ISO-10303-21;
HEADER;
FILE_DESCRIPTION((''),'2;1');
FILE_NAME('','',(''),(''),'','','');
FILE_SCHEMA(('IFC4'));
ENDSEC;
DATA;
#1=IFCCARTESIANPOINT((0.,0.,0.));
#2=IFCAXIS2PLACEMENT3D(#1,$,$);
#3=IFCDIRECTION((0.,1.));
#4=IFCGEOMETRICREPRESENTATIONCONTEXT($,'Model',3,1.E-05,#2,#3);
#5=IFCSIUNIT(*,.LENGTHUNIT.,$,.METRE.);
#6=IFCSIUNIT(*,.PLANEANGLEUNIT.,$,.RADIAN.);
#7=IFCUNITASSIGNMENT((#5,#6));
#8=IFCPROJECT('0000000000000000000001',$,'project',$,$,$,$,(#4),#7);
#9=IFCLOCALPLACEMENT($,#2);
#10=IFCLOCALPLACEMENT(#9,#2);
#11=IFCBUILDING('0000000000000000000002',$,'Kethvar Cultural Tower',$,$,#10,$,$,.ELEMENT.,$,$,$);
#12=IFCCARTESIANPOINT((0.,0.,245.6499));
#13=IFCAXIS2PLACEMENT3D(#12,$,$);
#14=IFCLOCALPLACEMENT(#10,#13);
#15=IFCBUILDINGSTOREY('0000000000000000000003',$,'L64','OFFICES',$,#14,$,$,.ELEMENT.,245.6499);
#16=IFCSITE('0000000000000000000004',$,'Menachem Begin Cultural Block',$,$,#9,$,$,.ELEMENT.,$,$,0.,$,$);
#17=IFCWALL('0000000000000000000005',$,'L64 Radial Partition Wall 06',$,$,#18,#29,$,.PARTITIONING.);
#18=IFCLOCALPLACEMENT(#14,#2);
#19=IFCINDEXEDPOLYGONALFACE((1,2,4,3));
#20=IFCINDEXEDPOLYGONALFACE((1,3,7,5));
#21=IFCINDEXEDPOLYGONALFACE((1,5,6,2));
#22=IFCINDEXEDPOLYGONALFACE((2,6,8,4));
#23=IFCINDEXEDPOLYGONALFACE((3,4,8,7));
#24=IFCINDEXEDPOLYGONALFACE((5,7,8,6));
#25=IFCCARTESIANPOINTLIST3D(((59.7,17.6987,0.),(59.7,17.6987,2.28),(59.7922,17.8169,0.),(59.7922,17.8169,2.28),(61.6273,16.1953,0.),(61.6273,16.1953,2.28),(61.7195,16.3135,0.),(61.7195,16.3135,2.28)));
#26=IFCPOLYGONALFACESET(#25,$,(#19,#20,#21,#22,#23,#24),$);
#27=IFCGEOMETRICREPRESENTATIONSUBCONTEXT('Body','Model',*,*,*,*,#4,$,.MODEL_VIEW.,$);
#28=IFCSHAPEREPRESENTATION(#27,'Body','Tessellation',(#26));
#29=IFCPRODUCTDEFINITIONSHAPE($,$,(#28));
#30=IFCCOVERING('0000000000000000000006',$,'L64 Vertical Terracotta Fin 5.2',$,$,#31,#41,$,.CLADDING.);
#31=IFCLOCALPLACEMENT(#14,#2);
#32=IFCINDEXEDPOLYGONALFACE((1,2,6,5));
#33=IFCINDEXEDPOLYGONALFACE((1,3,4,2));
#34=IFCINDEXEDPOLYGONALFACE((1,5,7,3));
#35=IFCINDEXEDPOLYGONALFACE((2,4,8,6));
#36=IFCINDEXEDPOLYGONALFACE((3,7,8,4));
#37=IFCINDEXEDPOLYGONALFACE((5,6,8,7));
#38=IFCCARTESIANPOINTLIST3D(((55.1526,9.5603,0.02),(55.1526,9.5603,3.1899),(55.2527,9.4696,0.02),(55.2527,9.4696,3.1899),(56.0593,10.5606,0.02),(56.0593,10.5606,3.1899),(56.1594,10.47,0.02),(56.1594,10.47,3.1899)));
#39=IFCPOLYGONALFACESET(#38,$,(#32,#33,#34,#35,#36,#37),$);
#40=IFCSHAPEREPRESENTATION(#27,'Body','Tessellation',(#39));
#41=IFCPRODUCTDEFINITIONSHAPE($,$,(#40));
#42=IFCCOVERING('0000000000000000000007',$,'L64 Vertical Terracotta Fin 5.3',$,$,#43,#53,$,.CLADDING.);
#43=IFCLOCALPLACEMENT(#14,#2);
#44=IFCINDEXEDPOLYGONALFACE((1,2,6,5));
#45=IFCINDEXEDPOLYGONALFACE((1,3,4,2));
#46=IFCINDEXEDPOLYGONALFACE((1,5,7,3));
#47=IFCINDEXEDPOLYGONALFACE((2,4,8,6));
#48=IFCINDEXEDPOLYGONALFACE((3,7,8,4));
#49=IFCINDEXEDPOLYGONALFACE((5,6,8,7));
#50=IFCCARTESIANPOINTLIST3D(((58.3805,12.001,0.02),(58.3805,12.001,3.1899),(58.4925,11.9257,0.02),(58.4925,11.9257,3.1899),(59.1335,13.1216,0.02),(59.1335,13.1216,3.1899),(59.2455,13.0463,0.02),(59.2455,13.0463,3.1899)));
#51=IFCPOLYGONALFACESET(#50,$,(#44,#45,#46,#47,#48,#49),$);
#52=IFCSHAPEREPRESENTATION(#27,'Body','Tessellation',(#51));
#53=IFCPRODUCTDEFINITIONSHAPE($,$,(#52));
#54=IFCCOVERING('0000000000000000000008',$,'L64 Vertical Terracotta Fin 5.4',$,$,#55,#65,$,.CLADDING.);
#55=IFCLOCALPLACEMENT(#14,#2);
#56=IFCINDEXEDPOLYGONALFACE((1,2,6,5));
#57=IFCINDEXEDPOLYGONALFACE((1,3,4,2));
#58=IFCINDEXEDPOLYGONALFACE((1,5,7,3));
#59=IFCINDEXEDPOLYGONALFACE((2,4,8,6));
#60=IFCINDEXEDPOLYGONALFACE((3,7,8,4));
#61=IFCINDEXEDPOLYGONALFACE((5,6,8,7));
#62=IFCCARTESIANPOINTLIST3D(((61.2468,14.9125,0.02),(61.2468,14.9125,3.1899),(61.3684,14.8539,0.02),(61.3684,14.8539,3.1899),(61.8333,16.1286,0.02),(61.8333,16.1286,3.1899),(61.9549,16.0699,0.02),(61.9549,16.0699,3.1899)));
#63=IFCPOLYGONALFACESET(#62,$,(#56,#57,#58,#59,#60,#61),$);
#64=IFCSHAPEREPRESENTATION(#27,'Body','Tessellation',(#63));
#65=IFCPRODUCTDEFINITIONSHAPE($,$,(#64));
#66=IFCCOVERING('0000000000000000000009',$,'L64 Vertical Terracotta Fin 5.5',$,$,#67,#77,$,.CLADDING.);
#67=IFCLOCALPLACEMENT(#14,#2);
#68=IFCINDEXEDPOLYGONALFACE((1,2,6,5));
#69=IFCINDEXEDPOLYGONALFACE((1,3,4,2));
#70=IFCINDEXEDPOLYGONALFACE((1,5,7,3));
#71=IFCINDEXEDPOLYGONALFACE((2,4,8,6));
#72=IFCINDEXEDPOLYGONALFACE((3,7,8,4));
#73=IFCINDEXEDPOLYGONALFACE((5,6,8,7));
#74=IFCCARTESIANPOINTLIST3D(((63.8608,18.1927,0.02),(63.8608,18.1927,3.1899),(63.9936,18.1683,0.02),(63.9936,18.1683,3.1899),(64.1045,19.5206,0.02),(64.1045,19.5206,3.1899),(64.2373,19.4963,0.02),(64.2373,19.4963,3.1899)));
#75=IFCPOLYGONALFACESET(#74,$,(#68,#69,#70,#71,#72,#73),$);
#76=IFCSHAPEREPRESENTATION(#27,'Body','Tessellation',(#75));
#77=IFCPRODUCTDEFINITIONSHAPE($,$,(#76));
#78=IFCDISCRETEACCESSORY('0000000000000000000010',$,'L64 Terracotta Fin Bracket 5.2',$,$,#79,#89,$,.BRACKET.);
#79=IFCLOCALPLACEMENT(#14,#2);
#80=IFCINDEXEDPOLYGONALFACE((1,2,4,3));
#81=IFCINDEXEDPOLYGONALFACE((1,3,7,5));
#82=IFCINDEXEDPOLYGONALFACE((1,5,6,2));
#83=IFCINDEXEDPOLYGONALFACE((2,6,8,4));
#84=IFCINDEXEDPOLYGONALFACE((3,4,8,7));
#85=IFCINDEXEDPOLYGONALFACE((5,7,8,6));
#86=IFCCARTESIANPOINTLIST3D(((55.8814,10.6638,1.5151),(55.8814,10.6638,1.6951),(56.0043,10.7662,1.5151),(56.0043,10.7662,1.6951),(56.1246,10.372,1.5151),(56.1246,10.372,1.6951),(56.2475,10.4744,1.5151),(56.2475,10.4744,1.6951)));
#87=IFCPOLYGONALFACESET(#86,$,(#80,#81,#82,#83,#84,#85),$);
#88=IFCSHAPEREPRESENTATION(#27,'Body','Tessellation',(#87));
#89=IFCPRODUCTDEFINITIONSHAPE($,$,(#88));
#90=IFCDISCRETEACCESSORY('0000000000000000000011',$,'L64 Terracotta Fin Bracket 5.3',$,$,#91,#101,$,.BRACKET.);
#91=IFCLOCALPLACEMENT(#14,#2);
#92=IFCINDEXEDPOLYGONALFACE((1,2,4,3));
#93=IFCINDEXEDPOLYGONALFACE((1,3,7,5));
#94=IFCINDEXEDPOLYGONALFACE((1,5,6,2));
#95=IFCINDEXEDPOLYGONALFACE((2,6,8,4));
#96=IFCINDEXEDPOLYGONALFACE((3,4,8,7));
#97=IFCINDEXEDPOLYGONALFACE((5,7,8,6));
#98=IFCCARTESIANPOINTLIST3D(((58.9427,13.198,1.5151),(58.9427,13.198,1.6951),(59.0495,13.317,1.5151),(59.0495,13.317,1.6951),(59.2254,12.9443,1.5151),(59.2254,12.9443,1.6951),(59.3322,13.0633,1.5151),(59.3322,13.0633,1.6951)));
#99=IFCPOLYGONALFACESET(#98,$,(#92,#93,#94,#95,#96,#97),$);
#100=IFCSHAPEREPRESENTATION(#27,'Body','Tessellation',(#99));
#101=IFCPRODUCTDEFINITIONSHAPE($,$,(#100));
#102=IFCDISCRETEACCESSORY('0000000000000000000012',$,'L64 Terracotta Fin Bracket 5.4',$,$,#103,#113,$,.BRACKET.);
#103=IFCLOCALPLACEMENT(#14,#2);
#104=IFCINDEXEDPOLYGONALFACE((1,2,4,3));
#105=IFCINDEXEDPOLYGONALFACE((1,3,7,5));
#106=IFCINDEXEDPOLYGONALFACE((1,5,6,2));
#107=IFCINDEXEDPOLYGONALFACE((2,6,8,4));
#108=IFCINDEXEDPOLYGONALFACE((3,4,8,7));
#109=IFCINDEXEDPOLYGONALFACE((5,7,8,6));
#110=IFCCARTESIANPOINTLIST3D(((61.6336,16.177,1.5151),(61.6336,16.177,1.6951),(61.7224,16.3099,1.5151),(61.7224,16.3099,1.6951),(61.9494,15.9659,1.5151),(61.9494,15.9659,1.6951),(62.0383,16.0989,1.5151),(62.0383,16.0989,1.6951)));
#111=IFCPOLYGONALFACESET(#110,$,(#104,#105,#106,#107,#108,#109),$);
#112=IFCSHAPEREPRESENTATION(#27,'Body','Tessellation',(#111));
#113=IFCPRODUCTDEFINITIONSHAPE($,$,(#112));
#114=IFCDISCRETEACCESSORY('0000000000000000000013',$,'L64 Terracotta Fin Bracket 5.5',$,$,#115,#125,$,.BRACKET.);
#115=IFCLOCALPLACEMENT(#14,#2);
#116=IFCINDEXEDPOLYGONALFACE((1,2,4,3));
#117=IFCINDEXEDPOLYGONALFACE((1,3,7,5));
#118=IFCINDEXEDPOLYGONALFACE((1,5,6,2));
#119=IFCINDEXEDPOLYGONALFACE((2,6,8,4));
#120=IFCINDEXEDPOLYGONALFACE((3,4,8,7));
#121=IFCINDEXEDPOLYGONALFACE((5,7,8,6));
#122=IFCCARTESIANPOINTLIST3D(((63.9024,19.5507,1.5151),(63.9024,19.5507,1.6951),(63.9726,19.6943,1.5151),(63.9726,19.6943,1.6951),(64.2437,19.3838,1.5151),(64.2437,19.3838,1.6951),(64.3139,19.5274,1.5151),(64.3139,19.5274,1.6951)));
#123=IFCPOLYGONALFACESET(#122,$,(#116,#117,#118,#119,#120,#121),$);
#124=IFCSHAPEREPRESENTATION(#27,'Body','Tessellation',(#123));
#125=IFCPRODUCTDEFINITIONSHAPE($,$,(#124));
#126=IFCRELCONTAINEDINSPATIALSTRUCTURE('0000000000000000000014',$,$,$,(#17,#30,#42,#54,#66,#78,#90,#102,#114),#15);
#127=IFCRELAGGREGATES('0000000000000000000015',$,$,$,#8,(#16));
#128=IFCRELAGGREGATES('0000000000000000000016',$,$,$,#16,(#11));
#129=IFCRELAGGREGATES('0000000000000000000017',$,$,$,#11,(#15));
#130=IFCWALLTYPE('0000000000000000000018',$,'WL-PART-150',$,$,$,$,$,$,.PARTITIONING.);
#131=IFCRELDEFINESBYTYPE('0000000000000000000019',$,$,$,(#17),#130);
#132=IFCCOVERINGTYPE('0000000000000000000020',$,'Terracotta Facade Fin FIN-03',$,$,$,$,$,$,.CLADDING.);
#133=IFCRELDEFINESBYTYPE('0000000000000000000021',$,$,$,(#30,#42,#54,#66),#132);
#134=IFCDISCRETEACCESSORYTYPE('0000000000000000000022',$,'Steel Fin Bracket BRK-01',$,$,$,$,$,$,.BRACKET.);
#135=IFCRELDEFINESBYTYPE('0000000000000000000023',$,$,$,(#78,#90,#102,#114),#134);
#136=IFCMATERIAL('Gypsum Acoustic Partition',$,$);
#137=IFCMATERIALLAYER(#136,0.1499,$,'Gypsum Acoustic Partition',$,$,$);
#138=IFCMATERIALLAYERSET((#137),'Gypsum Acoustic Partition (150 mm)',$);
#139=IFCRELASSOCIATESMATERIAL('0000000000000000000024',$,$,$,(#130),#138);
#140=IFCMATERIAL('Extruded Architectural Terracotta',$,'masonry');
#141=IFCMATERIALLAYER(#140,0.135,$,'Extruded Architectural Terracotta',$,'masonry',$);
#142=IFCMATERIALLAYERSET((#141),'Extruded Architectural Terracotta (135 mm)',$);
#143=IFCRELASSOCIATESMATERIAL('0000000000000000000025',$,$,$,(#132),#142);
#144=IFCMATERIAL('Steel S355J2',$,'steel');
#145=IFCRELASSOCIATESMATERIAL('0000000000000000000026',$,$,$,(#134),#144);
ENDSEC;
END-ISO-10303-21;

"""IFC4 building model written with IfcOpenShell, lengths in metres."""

from ifc_helpers import new_model, si_unit, direction, frame, frame_2d, origin, origin_2d, place, context, subcontext, project, spatial, rectangle, extrude, source, transform, mapped, material, layer, layer_set, type_object, element, save


model = new_model("IFC4")

# Units and contexts
model_context = context("Model", 3, precision=1e-05, world=origin(), true_north=direction((0.0, 1.0)))
body_context = subcontext(model_context, "Body", "Model", "MODEL_VIEW")
ifc_project = project(units=[si_unit("LENGTHUNIT", "METRE"), si_unit("PLANEANGLEUNIT", "RADIAN")], contexts=[model_context])

# Site, building, storey
site_placement = place(None, origin())
site = spatial("IfcSite", under=ifc_project, at=site_placement, Name="Menachem Begin Cultural Block", CompositionType="ELEMENT", RefElevation=0.0)
building_placement = place(site_placement, origin())
building = spatial("IfcBuilding", under=site, at=building_placement, Name="Kethvar Cultural Tower", CompositionType="ELEMENT")
storey_placement = place(building_placement, frame((0.0, 0.0, 245.6499)))
storey = spatial("IfcBuildingStorey", under=building, at=storey_placement, Name="L64", Description="OFFICES", CompositionType="ELEMENT", Elevation=245.6499)

# Shared definitions
ifc_material_1 = material(Name="Steel S355J2", Category="steel")

# Wall
ifc_material_2 = material(Name="Gypsum Acoustic Partition")
ifc_layer_1 = layer(ifc_material_2, 0.1499, Name="Gypsum Acoustic Partition")
ifc_layer_set_1 = layer_set([ifc_layer_1], Name="Gypsum Acoustic Partition (150 mm)")
wall_type_1 = type_object("IfcWallType", Name="WL-PART-150", PredefinedType="PARTITIONING", material=ifc_layer_set_1)
wall_1_placement = place(storey_placement, frame((59.7461, 17.7578, 0.0), z_axis=(0.0, 0.0, 1.0), x_axis=(0.788469, -0.615074, 0.0)))
element("IfcWall", 1, at=wall_1_placement, inside=storey, type_object=wall_type_1, Name="L64 Radial Partition Wall 06", PredefinedType="PARTITIONING", context=body_context, shape_type="SweptSolid", body=[
    extrude(rectangle(XDim=2.4443, YDim=0.1499, at=frame_2d((1.2222, 0.0))), origin(), (0.0, 0.0, 1.0), 2.28),
])

# Coverings
ifc_material_3 = material(Name="Extruded Architectural Terracotta", Category="masonry")
ifc_layer_2 = layer(ifc_material_3, 0.135, Name="Extruded Architectural Terracotta", Category="masonry")
ifc_layer_set_2 = layer_set([ifc_layer_2], Name="Extruded Architectural Terracotta (135 mm)")
covering_type = type_object("IfcCoveringType", Name="Terracotta Facade Fin FIN-03", PredefinedType="CLADDING", material=ifc_layer_set_2)
shared_shape_1 = source(origin(), body_context, "Body", "SweptSolid", [
    extrude(rectangle(XDim=1.3501, YDim=0.135, at=origin_2d()), origin(), (0.0, 0.0, 1.0), 3.1699),
])
for number, where, z_axis, x_axis, name in (
    (2, (55.656, 10.0151, 0.02), (0.0, 0.0, 1.0), (-0.671591, -0.740922, 0.0), "L64 Vertical Terracotta Fin 5.2"),
    (3, (58.813, 12.5237, 0.02), (0.0, 0.0, 1.0), (-0.557745, -0.830012, 0.0), "L64 Vertical Terracotta Fin 5.3"),
    (4, (61.6008, 15.4912, 0.02), (0.0, 0.0, 1.0), (-0.434445, -0.900698, 0.0), "L64 Vertical Terracotta Fin 5.4"),
    (5, (64.0491, 18.8445, 0.02), (0.0, 0.0, 1.0), (-0.180519, -0.983571, 0.0), "L64 Vertical Terracotta Fin 5.5"),
):
    element("IfcCovering", number, at=place(storey_placement, frame(where, z_axis=z_axis, x_axis=x_axis)), inside=storey, type_object=covering_type, Name=name, PredefinedType="CLADDING", context=body_context, shape_type="MappedRepresentation", body=[
        mapped(shared_shape_1, transform((0.0, 0.0, 0.0), scale=1.0)),
    ])

# Discrete accessories
discrete_accessory_type = type_object("IfcDiscreteAccessoryType", Name="Steel Fin Bracket BRK-01", PredefinedType="BRACKET", material=ifc_material_1)
shared_shape_2 = source(origin(), body_context, "Body", "SweptSolid", [
    extrude(rectangle(XDim=0.3799, YDim=0.1599, at=origin_2d()), origin(), (0.0, 0.0, 1.0), 0.1799),
])
for number, where, z_axis, x_axis, name in (
    (6, (56.0645, 10.5691, 1.5151), (0.0, 0.0, 1.0), (0.640244, -0.768172, 0.0), "L64 Terracotta Fin Bracket 5.2"),
    (7, (59.1375, 13.1306, 1.5151), (0.0, 0.0, 1.0), (0.744312, -0.667833, 0.0), "L64 Terracotta Fin Bracket 5.3"),
    (8, (61.8359, 16.1379, 1.5151), (0.0, 0.0, 1.0), (0.83147, -0.55557, 0.0), "L64 Terracotta Fin Bracket 5.4"),
    (9, (64.1082, 19.5391, 1.5151), (0.0, 0.0, 1.0), (0.898334, -0.439312, 0.0), "L64 Terracotta Fin Bracket 5.5"),
):
    element("IfcDiscreteAccessory", number, at=place(storey_placement, frame(where, z_axis=z_axis, x_axis=x_axis)), inside=storey, type_object=discrete_accessory_type, Name=name, PredefinedType="BRACKET", context=body_context, shape_type="MappedRepresentation", body=[
        mapped(shared_shape_2, transform((0.0, 0.0, 0.0), scale=1.0)),
    ])

save(model, "model.ifc")
